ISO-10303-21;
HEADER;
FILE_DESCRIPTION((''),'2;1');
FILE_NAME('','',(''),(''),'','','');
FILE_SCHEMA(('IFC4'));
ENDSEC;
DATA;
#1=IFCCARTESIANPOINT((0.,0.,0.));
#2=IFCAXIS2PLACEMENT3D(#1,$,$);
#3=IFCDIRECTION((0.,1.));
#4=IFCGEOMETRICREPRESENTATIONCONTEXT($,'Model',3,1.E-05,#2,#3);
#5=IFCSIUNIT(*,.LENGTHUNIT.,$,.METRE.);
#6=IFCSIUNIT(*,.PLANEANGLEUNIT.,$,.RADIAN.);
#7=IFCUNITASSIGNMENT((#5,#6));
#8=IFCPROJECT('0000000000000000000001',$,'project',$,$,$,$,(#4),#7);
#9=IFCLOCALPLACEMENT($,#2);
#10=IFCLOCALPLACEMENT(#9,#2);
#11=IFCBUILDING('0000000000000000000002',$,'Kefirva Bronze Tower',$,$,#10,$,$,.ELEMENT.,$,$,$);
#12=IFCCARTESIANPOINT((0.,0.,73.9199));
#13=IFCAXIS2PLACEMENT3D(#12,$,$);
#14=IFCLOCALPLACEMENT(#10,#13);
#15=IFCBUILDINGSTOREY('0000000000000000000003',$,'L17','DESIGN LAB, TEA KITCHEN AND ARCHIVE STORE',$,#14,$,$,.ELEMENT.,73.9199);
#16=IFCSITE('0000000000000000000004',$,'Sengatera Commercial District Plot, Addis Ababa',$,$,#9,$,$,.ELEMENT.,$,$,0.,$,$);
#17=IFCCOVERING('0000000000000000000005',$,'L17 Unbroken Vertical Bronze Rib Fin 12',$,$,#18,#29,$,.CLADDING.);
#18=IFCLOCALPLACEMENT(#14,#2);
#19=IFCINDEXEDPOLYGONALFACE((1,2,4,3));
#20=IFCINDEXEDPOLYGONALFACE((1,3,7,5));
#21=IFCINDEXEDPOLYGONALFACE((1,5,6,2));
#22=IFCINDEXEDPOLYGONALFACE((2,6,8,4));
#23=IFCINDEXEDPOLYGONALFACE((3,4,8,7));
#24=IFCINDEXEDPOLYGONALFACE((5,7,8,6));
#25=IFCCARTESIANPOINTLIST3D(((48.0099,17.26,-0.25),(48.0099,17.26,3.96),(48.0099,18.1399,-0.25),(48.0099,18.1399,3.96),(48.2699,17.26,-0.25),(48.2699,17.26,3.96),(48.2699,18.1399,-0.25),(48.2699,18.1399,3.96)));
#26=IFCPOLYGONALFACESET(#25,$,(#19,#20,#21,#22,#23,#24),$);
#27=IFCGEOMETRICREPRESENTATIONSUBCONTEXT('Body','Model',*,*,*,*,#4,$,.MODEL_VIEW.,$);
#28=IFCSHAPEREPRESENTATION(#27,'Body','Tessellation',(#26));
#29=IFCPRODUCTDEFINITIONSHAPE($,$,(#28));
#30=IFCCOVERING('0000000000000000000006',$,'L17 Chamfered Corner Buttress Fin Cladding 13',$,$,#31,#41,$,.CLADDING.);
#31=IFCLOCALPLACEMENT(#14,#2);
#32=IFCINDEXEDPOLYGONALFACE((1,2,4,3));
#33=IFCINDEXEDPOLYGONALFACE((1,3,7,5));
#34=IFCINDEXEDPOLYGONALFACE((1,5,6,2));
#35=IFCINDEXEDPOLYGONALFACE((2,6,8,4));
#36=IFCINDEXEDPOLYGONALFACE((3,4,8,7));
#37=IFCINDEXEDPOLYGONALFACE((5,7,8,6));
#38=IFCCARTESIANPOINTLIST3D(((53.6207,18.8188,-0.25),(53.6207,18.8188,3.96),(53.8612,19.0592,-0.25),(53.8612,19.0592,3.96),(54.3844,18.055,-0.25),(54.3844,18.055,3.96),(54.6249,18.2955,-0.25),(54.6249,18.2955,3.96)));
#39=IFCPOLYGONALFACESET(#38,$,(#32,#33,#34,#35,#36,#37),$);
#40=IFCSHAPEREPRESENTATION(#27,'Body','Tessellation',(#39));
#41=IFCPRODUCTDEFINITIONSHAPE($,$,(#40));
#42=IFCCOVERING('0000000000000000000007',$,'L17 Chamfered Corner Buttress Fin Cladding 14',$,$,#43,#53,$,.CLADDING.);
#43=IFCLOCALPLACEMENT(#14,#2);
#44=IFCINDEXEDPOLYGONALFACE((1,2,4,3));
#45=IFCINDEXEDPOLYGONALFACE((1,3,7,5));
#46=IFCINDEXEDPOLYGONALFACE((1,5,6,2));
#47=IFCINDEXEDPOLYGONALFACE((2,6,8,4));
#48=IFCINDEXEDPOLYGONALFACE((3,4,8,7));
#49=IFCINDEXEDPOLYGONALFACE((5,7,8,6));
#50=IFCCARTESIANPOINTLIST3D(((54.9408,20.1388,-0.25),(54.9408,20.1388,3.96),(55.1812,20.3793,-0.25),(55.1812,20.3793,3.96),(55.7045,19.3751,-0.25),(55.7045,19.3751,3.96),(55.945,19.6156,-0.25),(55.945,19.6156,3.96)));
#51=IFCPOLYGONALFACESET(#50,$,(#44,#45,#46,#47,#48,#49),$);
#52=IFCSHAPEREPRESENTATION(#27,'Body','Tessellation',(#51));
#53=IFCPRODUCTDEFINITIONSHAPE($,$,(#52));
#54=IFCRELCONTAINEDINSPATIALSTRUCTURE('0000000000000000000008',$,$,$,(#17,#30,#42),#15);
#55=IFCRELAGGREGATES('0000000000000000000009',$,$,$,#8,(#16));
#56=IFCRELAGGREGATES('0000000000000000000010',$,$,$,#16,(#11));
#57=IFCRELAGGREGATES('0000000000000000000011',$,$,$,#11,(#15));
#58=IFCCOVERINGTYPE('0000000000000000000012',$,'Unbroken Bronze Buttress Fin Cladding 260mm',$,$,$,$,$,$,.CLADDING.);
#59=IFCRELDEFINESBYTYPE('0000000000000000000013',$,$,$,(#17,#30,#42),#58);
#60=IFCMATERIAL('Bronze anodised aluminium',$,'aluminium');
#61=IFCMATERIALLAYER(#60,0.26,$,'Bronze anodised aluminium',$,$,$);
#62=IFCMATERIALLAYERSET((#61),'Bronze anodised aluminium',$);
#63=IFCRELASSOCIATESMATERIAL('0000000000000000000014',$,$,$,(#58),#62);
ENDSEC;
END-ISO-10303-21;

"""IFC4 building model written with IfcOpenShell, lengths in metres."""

from ifc_helpers import new_model, si_unit, direction, frame, origin, origin_2d, place, context, subcontext, project, spatial, rectangle, extrude, material, layer, layer_set, type_object, element, save


model = new_model("IFC4")

# Units and contexts
model_context = context("Model", 3, precision=1e-05, world=origin(), true_north=direction((0.0, 1.0)))
body_context = subcontext(model_context, "Body", "Model", "MODEL_VIEW")
ifc_project = project(units=[si_unit("LENGTHUNIT", "METRE"), si_unit("PLANEANGLEUNIT", "RADIAN")], contexts=[model_context])

# Site, building, storey
site_placement = place(None, origin())
site = spatial("IfcSite", under=ifc_project, at=site_placement, Name="Sengatera Commercial District Plot, Addis Ababa", CompositionType="ELEMENT", RefElevation=0.0)
building_placement = place(site_placement, origin())
building = spatial("IfcBuilding", under=site, at=building_placement, Name="Kefirva Bronze Tower", CompositionType="ELEMENT")
storey_placement = place(building_placement, frame((0.0, 0.0, 73.9199)))
storey = spatial("IfcBuildingStorey", under=building, at=storey_placement, Name="L17", Description="DESIGN LAB, TEA KITCHEN AND ARCHIVE STORE", CompositionType="ELEMENT", Elevation=73.9199)

# Shared definitions
ifc_material_1 = material(Name="Bronze anodised aluminium", Category="aluminium")

# Coverings
ifc_layer_1 = layer(ifc_material_1, 0.26, Name="Bronze anodised aluminium")
ifc_layer_set_1 = layer_set([ifc_layer_1], Name="Bronze anodised aluminium")
covering_type_1 = type_object("IfcCoveringType", Name="Unbroken Bronze Buttress Fin Cladding 260mm", PredefinedType="CLADDING", material=ifc_layer_set_1)
for number, where, z_axis, x_axis, name in (
    (1, (48.1399, 17.7, -0.25), (0.0, 0.0, 1.0), (1.0, 0.0, 0.0), "L17 Unbroken Vertical Bronze Rib Fin 12"),
):
    element("IfcCovering", number, at=place(storey_placement, frame(where, z_axis=z_axis, x_axis=x_axis)), inside=storey, type_object=covering_type_1, Name=name, PredefinedType="CLADDING", context=body_context, shape_type="SweptSolid", body=[
        extrude(rectangle(XDim=0.26, YDim=0.8799, at=origin_2d()), origin(), (0.0, 0.0, 1.0), 4.21),
    ])
for number, where, z_axis, x_axis, name in (
    (2, (54.1228, 18.5571, -0.25), (0.0, 0.0, 1.0), (0.707107, 0.707107, 0.0), "L17 Chamfered Corner Buttress Fin Cladding 13"),
    (3, (55.4429, 19.8772, -0.25), (0.0, 0.0, 1.0), (0.707107, 0.707107, 0.0), "L17 Chamfered Corner Buttress Fin Cladding 14"),
):
    element("IfcCovering", number, at=place(storey_placement, frame(where, z_axis=z_axis, x_axis=x_axis)), inside=storey, type_object=covering_type_1, Name=name, PredefinedType="CLADDING", context=body_context, shape_type="SweptSolid", body=[
        extrude(rectangle(XDim=0.3401, YDim=1.0801, at=origin_2d()), origin(), (0.0, 0.0, 1.0), 4.21),
    ])

save(model, "model.ifc")
